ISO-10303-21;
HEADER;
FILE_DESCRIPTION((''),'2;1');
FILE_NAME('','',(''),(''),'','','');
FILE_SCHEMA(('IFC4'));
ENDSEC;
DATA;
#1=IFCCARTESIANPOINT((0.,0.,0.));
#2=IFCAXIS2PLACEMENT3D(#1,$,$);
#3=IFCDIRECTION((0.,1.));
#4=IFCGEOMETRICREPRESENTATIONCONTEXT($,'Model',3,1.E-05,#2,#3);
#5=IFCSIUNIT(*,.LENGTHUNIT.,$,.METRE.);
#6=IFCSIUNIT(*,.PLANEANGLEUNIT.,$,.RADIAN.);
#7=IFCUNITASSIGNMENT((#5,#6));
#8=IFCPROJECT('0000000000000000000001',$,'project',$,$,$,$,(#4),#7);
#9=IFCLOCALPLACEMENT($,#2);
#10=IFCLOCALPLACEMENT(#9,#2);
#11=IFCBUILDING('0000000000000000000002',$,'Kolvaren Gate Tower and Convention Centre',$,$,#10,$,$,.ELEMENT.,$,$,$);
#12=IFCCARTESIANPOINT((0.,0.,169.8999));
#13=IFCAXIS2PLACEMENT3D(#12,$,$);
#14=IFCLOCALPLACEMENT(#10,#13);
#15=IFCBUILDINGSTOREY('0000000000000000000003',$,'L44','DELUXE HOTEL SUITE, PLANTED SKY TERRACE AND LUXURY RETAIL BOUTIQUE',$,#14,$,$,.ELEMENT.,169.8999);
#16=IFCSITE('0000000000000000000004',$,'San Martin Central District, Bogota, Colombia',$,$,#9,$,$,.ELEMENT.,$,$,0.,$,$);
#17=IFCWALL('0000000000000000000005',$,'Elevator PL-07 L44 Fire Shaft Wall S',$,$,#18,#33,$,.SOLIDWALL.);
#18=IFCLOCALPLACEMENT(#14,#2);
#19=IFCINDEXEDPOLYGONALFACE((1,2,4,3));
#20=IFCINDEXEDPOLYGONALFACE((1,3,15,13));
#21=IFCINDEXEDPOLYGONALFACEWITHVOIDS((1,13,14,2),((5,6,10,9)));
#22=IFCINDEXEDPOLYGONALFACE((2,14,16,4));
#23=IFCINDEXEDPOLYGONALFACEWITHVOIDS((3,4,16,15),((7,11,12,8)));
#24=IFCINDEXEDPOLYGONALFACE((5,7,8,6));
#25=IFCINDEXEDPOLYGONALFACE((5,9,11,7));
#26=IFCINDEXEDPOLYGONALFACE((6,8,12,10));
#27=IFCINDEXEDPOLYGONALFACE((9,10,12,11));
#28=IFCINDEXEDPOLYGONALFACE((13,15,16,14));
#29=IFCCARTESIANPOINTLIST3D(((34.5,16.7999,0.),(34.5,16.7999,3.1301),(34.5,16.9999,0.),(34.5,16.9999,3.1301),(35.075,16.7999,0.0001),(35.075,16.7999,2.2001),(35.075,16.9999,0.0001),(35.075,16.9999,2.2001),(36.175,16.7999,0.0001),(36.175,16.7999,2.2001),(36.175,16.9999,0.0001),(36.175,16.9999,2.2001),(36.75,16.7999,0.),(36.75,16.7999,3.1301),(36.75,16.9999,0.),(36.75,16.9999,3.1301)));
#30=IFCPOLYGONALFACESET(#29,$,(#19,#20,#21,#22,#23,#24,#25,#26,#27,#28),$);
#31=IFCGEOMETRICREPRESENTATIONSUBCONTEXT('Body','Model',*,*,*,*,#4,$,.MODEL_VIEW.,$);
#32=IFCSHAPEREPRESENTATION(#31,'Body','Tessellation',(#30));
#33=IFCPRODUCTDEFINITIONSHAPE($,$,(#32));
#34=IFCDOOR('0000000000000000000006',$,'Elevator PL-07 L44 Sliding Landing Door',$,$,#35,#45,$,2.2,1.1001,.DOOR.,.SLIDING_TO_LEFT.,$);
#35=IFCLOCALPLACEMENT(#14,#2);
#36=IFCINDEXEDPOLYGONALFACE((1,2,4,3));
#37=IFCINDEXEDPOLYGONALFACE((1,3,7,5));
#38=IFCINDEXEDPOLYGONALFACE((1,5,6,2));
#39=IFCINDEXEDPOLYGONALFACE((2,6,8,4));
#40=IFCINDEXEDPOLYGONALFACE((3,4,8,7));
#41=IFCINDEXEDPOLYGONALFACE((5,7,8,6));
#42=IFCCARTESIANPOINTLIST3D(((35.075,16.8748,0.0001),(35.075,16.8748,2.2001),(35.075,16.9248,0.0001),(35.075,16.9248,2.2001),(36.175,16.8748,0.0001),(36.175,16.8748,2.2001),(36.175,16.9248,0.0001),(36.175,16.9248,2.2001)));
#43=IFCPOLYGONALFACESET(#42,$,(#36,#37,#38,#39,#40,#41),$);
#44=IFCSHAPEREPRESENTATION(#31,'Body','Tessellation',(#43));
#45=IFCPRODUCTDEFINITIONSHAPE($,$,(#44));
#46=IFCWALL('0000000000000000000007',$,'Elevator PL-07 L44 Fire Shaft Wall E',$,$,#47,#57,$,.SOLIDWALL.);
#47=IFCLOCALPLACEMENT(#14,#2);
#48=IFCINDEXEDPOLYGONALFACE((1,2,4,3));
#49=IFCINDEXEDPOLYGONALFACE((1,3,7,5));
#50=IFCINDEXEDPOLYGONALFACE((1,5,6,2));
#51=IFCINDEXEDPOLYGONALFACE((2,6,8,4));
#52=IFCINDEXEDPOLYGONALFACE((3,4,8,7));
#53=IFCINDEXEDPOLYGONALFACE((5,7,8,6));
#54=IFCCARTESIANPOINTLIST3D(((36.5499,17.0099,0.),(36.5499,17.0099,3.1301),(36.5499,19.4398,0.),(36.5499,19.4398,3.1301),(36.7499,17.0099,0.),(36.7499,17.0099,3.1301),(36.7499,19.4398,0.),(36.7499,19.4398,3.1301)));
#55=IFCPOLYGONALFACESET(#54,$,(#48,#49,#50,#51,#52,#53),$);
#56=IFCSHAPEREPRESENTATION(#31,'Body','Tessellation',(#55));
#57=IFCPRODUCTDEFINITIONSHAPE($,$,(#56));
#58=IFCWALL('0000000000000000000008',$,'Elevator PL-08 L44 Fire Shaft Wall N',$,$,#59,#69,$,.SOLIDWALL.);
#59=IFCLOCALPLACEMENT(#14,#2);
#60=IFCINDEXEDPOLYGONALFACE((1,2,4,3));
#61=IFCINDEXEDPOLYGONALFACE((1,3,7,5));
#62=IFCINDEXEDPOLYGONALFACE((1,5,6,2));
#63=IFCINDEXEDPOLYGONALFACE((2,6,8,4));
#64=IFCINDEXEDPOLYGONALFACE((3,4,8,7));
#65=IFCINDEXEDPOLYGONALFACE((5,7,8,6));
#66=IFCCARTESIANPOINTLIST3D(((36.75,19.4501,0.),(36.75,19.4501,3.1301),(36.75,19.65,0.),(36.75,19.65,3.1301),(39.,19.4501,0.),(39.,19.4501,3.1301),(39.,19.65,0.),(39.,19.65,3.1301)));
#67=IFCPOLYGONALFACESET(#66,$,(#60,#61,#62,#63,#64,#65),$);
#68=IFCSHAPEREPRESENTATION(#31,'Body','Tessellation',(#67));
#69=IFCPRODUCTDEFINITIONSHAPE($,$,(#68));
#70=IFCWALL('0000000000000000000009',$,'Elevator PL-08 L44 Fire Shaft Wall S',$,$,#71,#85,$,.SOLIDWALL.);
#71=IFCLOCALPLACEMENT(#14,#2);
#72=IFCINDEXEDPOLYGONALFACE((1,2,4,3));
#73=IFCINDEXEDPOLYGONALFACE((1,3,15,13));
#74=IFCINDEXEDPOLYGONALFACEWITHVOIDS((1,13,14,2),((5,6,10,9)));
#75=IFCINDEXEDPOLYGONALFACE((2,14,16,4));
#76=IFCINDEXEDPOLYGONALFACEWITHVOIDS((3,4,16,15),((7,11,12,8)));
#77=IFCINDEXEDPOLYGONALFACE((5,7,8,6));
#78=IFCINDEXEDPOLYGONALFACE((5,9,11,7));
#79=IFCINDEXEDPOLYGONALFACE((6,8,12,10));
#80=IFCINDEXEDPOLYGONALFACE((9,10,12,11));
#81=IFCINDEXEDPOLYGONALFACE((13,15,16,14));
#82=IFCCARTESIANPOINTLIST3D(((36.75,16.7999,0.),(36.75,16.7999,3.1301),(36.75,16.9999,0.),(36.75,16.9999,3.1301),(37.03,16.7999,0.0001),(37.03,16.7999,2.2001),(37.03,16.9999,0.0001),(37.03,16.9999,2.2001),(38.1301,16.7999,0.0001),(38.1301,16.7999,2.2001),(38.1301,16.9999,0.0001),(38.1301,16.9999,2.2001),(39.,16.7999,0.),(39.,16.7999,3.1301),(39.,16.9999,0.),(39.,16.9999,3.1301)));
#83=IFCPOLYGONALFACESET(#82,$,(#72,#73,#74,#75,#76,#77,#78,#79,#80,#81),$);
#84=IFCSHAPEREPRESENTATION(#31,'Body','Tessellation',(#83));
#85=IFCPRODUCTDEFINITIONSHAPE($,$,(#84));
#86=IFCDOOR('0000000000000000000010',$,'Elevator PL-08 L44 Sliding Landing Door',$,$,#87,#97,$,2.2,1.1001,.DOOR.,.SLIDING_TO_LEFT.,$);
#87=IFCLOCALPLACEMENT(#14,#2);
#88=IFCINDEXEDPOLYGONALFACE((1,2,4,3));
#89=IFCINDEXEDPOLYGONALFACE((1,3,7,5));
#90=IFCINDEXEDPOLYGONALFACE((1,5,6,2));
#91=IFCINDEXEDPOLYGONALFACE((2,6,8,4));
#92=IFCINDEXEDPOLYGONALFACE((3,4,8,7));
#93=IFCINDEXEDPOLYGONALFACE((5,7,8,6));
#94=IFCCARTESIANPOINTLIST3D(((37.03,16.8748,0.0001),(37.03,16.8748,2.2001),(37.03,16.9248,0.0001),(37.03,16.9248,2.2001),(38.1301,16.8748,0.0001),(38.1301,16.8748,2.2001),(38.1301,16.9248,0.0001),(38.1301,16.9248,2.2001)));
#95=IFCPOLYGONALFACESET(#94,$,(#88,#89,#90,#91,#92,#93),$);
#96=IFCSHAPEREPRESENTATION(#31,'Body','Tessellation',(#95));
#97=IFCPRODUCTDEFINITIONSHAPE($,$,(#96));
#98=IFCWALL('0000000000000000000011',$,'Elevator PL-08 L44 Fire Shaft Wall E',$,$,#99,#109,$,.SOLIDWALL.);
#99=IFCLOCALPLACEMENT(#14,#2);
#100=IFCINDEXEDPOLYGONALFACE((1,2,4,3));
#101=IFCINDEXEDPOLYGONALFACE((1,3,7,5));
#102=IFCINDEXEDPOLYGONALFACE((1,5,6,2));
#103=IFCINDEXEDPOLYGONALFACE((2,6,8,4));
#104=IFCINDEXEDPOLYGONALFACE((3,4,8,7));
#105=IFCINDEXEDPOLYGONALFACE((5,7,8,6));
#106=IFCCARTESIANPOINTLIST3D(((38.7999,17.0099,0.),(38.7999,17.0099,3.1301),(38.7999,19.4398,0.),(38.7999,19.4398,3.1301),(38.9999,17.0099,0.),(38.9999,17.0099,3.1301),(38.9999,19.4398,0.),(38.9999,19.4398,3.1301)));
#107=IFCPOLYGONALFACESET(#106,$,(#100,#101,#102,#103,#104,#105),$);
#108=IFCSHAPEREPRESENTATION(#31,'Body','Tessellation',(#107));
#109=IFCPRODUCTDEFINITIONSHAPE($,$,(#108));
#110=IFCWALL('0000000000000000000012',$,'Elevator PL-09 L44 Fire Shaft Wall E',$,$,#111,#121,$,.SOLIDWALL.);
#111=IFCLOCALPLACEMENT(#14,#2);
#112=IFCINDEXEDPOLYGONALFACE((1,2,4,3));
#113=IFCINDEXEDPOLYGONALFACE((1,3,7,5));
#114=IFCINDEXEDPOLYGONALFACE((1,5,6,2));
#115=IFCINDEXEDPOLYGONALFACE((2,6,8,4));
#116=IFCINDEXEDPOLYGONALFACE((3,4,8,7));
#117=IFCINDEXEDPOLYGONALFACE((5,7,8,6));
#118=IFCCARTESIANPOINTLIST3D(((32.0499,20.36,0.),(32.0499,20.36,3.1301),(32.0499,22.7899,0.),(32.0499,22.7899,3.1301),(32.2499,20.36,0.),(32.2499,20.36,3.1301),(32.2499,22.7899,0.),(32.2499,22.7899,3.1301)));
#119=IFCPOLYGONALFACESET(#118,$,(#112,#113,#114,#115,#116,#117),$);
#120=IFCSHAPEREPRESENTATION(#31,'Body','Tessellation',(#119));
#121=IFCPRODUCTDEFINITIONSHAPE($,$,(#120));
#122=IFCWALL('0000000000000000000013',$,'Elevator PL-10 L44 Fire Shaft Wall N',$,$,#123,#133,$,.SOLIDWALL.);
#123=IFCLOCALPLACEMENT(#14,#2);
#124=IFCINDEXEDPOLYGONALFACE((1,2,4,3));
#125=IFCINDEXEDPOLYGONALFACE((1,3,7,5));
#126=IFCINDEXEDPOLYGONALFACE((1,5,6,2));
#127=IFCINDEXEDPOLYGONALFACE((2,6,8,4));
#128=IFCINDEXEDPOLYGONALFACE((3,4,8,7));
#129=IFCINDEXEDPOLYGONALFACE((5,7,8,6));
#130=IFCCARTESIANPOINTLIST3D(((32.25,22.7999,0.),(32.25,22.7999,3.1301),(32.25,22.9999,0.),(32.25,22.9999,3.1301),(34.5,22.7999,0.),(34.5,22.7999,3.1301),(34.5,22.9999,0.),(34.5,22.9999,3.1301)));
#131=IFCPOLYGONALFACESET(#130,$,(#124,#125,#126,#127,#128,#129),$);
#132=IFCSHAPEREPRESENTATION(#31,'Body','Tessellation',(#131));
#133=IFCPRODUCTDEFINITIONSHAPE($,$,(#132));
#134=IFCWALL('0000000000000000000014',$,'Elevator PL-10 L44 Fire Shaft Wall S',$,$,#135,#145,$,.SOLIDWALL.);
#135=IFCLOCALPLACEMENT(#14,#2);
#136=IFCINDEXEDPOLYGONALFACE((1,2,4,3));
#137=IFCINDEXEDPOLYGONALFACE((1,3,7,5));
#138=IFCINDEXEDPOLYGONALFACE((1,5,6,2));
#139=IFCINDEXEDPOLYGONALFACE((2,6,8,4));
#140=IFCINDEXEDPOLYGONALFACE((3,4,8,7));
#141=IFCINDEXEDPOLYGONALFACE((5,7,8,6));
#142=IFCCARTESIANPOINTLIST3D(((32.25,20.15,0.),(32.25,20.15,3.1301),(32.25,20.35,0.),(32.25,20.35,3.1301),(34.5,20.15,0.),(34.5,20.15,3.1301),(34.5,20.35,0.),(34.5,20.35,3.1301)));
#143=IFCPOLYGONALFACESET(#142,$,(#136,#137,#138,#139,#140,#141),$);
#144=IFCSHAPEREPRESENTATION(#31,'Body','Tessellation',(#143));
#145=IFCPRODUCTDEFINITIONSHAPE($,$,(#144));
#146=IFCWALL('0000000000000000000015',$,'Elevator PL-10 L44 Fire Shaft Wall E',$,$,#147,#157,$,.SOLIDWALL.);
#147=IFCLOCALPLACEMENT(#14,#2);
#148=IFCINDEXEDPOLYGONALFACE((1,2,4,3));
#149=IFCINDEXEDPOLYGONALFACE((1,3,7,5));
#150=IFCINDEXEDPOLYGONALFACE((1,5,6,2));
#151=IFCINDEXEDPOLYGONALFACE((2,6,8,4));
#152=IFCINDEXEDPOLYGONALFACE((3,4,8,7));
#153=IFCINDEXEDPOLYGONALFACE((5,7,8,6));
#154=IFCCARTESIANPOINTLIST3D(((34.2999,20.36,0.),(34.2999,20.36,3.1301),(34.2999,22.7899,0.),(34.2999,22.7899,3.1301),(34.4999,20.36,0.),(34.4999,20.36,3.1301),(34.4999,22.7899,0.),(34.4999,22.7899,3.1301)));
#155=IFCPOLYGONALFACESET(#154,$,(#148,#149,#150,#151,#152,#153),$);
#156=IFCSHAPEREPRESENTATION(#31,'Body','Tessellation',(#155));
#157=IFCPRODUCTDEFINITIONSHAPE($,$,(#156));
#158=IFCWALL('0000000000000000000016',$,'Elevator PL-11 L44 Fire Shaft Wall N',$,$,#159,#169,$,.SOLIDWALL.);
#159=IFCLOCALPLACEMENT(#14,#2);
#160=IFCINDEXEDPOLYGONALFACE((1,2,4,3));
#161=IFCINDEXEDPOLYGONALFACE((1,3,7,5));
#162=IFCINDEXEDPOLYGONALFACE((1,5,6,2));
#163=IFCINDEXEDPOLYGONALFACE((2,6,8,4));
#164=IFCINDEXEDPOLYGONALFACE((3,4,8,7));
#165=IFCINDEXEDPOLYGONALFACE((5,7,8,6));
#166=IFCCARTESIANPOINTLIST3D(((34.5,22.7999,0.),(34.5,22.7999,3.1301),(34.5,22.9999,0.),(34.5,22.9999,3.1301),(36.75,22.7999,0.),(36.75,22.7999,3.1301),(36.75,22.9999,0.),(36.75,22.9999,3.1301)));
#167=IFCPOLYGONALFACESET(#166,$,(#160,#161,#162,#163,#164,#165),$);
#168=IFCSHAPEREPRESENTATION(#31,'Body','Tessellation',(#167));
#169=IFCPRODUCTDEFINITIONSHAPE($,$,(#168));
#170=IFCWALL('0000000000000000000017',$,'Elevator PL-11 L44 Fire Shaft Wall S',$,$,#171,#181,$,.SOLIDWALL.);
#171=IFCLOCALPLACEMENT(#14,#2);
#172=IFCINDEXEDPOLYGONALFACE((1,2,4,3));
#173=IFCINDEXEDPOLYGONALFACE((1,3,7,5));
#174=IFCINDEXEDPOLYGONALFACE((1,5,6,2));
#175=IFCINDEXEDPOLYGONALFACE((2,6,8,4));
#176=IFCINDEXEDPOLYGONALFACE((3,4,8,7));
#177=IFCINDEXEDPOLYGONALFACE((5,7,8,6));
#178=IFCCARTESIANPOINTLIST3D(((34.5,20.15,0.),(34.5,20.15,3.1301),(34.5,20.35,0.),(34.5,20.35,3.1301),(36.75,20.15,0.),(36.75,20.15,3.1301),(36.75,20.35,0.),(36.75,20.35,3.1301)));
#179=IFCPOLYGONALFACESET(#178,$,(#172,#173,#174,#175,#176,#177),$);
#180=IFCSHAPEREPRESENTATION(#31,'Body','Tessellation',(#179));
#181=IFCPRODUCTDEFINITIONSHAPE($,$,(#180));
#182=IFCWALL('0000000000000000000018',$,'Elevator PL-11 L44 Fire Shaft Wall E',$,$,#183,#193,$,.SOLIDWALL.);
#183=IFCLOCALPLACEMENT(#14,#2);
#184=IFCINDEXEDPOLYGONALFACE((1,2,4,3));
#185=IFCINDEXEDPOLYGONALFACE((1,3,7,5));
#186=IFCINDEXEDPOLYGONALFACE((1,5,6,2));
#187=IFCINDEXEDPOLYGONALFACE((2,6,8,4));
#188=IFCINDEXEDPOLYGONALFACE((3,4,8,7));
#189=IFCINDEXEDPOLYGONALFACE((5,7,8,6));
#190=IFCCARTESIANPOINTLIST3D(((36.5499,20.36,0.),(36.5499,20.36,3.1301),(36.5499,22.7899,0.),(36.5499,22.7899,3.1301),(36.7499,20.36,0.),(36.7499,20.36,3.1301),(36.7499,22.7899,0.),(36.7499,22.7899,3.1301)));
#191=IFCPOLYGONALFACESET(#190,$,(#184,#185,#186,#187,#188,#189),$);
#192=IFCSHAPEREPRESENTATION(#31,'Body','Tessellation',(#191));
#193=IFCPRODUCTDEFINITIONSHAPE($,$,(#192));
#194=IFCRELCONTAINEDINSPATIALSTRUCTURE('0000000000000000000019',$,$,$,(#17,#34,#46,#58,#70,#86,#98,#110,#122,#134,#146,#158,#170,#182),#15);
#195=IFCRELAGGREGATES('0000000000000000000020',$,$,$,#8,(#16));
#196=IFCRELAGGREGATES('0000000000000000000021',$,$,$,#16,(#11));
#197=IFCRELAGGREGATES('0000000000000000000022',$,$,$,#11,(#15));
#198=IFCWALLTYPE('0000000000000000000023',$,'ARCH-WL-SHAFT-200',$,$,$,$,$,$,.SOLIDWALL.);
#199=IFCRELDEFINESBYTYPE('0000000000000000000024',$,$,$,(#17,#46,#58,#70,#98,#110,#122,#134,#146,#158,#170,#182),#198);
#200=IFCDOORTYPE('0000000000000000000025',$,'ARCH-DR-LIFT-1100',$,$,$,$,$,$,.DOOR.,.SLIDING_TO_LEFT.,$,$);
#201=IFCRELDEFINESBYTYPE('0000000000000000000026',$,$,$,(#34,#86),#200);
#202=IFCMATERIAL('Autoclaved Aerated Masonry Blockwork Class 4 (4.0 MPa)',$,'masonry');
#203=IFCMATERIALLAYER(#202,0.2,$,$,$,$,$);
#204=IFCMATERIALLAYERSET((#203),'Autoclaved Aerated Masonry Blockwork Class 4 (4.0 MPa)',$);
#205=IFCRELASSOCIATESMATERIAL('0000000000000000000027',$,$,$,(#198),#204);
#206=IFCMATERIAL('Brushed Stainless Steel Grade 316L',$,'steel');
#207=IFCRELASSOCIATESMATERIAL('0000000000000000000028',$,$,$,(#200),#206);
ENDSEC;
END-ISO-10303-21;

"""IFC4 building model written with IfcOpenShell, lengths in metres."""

from ifc_helpers import new_model, si_unit, direction, frame, frame_2d, origin, place, context, subcontext, project, spatial, rectangle, extrude, material, layer, layer_set, type_object, element, fill, save


model = new_model("IFC4")

# Units and contexts
model_context = context("Model", 3, precision=1e-05, world=origin(), true_north=direction((0.0, 1.0)))
body_context = subcontext(model_context, "Body", "Model", "MODEL_VIEW")
ifc_project = project(units=[si_unit("LENGTHUNIT", "METRE"), si_unit("PLANEANGLEUNIT", "RADIAN")], contexts=[model_context])

# Site, building, storey
site_placement = place(None, origin())
site = spatial("IfcSite", under=ifc_project, at=site_placement, Name="San Martin Central District, Bogota, Colombia", CompositionType="ELEMENT", RefElevation=0.0)
building_placement = place(site_placement, origin())
building = spatial("IfcBuilding", under=site, at=building_placement, Name="Kolvaren Gate Tower and Convention Centre", CompositionType="ELEMENT")
storey_placement = place(building_placement, frame((0.0, 0.0, 169.8999)))
storey = spatial("IfcBuildingStorey", under=building, at=storey_placement, Name="L44", Description="DELUXE HOTEL SUITE, PLANTED SKY TERRACE AND LUXURY RETAIL BOUTIQUE", CompositionType="ELEMENT", Elevation=169.8999)

# Shared definitions
ifc_material_1 = material(Name="Autoclaved Aerated Masonry Blockwork Class 4 (4.0 MPa)", Category="masonry")
ifc_layer_1 = layer(ifc_material_1, 0.2)
ifc_layer_set_1 = layer_set([ifc_layer_1], Name="Autoclaved Aerated Masonry Blockwork Class 4 (4.0 MPa)")
wall_type_1 = type_object("IfcWallType", Name="ARCH-WL-SHAFT-200", PredefinedType="SOLIDWALL", material=ifc_layer_set_1)

# Shared definitions
ifc_material_2 = material(Name="Brushed Stainless Steel Grade 316L", Category="steel")
door_type_1 = type_object("IfcDoorType", Name="ARCH-DR-LIFT-1100", OperationType="SLIDING_TO_LEFT", PredefinedType="DOOR", material=ifc_material_2)

# Wall, opening, door
wall_1_placement = place(storey_placement, frame((34.5, 16.8999, 0.0), z_axis=(0.0, 0.0, 1.0), x_axis=(1.0, 0.0, 0.0)))
wall_1 = element("IfcWall", 1, at=wall_1_placement, inside=storey, type_object=wall_type_1, Name="Elevator PL-07 L44 Fire Shaft Wall S", PredefinedType="SOLIDWALL", context=body_context, shape_type="SweptSolid", body=[
    extrude(rectangle(XDim=2.25, YDim=0.2, at=frame_2d((1.125, 0.0))), origin(), (0.0, 0.0, 1.0), 3.1301),
])
opening_1_placement = place(wall_1_placement, frame((0.575, 0.0, 0.0)))
opening_1 = element("IfcOpeningElement", 2, at=opening_1_placement, cuts=wall_1, PredefinedType="OPENING", context=body_context, shape_type="SweptSolid", body=[
    extrude(rectangle(XDim=1.1001, YDim=2.2, at=frame_2d((0.55, 1.1001))), frame((0.0, 0.1099, 0.0), z_axis=(0.0, -1.0, 0.0), x_axis=(1.0, 0.0, 0.0)), (0.0, 0.0, 1.0), 0.22),
])
door_1_placement = place(opening_1_placement, origin())
door_1 = element("IfcDoor", 3, at=door_1_placement, inside=storey, type_object=door_type_1, Name="Elevator PL-07 L44 Sliding Landing Door", OperationType="SLIDING_TO_LEFT", OverallHeight=2.2, OverallWidth=1.1001, PredefinedType="DOOR", context=body_context, shape_type="SweptSolid", body=[
    extrude(rectangle(XDim=1.1001, YDim=2.2, at=frame_2d((0.55, 1.1001))), frame((0.0, 0.0249, 0.0), z_axis=(0.0, -1.0, 0.0), x_axis=(1.0, 0.0, 0.0)), (0.0, 0.0, 1.0), 0.05),
])
fill(opening_1, door_1)

# Walls
wall_2_placement = place(storey_placement, frame((36.6499, 17.01, 0.0), z_axis=(0.0, 0.0, 1.0), x_axis=(0.0, 1.0, 0.0)))
element("IfcWall", 4, at=wall_2_placement, inside=storey, type_object=wall_type_1, Name="Elevator PL-07 L44 Fire Shaft Wall E", PredefinedType="SOLIDWALL", context=body_context, shape_type="SweptSolid", body=[
    extrude(rectangle(XDim=2.4299, YDim=0.2, at=frame_2d((1.2148, 0.0))), origin(), (0.0, 0.0, 1.0), 3.1301),
])
wall_3_placement = place(storey_placement, frame((36.75, 19.55, 0.0), z_axis=(0.0, 0.0, 1.0), x_axis=(1.0, 0.0, 0.0)))
element("IfcWall", 5, at=wall_3_placement, inside=storey, type_object=wall_type_1, Name="Elevator PL-08 L44 Fire Shaft Wall N", PredefinedType="SOLIDWALL", context=body_context, shape_type="SweptSolid", body=[
    extrude(rectangle(XDim=2.25, YDim=0.2, at=frame_2d((1.125, 0.0))), origin(), (0.0, 0.0, 1.0), 3.1301),
])

# Wall, opening, door
wall_4_placement = place(storey_placement, frame((36.75, 16.8999, 0.0), z_axis=(0.0, 0.0, 1.0), x_axis=(1.0, 0.0, 0.0)))
wall_4 = element("IfcWall", 6, at=wall_4_placement, inside=storey, type_object=wall_type_1, Name="Elevator PL-08 L44 Fire Shaft Wall S", PredefinedType="SOLIDWALL", context=body_context, shape_type="SweptSolid", body=[
    extrude(rectangle(XDim=2.25, YDim=0.2, at=frame_2d((1.125, 0.0))), origin(), (0.0, 0.0, 1.0), 3.1301),
])
opening_2_placement = place(wall_4_placement, frame((0.28, 0.0, 0.0)))
opening_2 = element("IfcOpeningElement", 7, at=opening_2_placement, cuts=wall_4, PredefinedType="OPENING", context=body_context, shape_type="SweptSolid", body=[
    extrude(rectangle(XDim=1.1001, YDim=2.2, at=frame_2d((0.55, 1.1001))), frame((0.0, 0.1099, 0.0), z_axis=(0.0, -1.0, 0.0), x_axis=(1.0, 0.0, 0.0)), (0.0, 0.0, 1.0), 0.22),
])
door_2_placement = place(opening_2_placement, origin())
door_2 = element("IfcDoor", 8, at=door_2_placement, inside=storey, type_object=door_type_1, Name="Elevator PL-08 L44 Sliding Landing Door", OperationType="SLIDING_TO_LEFT", OverallHeight=2.2, OverallWidth=1.1001, PredefinedType="DOOR", context=body_context, shape_type="SweptSolid", body=[
    extrude(rectangle(XDim=1.1001, YDim=2.2, at=frame_2d((0.55, 1.1001))), frame((0.0, 0.0249, 0.0), z_axis=(0.0, -1.0, 0.0), x_axis=(1.0, 0.0, 0.0)), (0.0, 0.0, 1.0), 0.05),
])
fill(opening_2, door_2)

# Walls
for number, where, z_axis, x_axis, name in (
    (9, (38.8999, 17.01, 0.0), (0.0, 0.0, 1.0), (0.0, 1.0, 0.0), "Elevator PL-08 L44 Fire Shaft Wall E"),
    (10, (32.1499, 20.3601, 0.0), (0.0, 0.0, 1.0), (0.0, 1.0, 0.0), "Elevator PL-09 L44 Fire Shaft Wall E"),
):
    element("IfcWall", number, at=place(storey_placement, frame(where, z_axis=z_axis, x_axis=x_axis)), inside=storey, type_object=wall_type_1, Name=name, PredefinedType="SOLIDWALL", context=body_context, shape_type="SweptSolid", body=[
        extrude(rectangle(XDim=2.4299, YDim=0.2, at=frame_2d((1.2148, 0.0))), origin(), (0.0, 0.0, 1.0), 3.1301),
    ])
for number, where, z_axis, x_axis, name in (
    (11, (32.25, 22.8999, 0.0), (0.0, 0.0, 1.0), (1.0, 0.0, 0.0), "Elevator PL-10 L44 Fire Shaft Wall N"),
    (12, (32.25, 20.25, 0.0), (0.0, 0.0, 1.0), (1.0, 0.0, 0.0), "Elevator PL-10 L44 Fire Shaft Wall S"),
):
    element("IfcWall", number, at=place(storey_placement, frame(where, z_axis=z_axis, x_axis=x_axis)), inside=storey, type_object=wall_type_1, Name=name, PredefinedType="SOLIDWALL", context=body_context, shape_type="SweptSolid", body=[
        extrude(rectangle(XDim=2.25, YDim=0.2, at=frame_2d((1.125, 0.0))), origin(), (0.0, 0.0, 1.0), 3.1301),
    ])
wall_5_placement = place(storey_placement, frame((34.3999, 20.3601, 0.0), z_axis=(0.0, 0.0, 1.0), x_axis=(0.0, 1.0, 0.0)))
element("IfcWall", 13, at=wall_5_placement, inside=storey, type_object=wall_type_1, Name="Elevator PL-10 L44 Fire Shaft Wall E", PredefinedType="SOLIDWALL", context=body_context, shape_type="SweptSolid", body=[
    extrude(rectangle(XDim=2.4299, YDim=0.2, at=frame_2d((1.2148, 0.0))), origin(), (0.0, 0.0, 1.0), 3.1301),
])
for number, where, z_axis, x_axis, name in (
    (14, (34.5, 22.8999, 0.0), (0.0, 0.0, 1.0), (1.0, 0.0, 0.0), "Elevator PL-11 L44 Fire Shaft Wall N"),
    (15, (34.5, 20.25, 0.0), (0.0, 0.0, 1.0), (1.0, 0.0, 0.0), "Elevator PL-11 L44 Fire Shaft Wall S"),
):
    element("IfcWall", number, at=place(storey_placement, frame(where, z_axis=z_axis, x_axis=x_axis)), inside=storey, type_object=wall_type_1, Name=name, PredefinedType="SOLIDWALL", context=body_context, shape_type="SweptSolid", body=[
        extrude(rectangle(XDim=2.25, YDim=0.2, at=frame_2d((1.125, 0.0))), origin(), (0.0, 0.0, 1.0), 3.1301),
    ])
wall_6_placement = place(storey_placement, frame((36.6499, 20.3601, 0.0), z_axis=(0.0, 0.0, 1.0), x_axis=(0.0, 1.0, 0.0)))
element("IfcWall", 16, at=wall_6_placement, inside=storey, type_object=wall_type_1, Name="Elevator PL-11 L44 Fire Shaft Wall E", PredefinedType="SOLIDWALL", context=body_context, shape_type="SweptSolid", body=[
    extrude(rectangle(XDim=2.4299, YDim=0.2, at=frame_2d((1.2148, 0.0))), origin(), (0.0, 0.0, 1.0), 3.1301),
])

save(model, "model.ifc")
